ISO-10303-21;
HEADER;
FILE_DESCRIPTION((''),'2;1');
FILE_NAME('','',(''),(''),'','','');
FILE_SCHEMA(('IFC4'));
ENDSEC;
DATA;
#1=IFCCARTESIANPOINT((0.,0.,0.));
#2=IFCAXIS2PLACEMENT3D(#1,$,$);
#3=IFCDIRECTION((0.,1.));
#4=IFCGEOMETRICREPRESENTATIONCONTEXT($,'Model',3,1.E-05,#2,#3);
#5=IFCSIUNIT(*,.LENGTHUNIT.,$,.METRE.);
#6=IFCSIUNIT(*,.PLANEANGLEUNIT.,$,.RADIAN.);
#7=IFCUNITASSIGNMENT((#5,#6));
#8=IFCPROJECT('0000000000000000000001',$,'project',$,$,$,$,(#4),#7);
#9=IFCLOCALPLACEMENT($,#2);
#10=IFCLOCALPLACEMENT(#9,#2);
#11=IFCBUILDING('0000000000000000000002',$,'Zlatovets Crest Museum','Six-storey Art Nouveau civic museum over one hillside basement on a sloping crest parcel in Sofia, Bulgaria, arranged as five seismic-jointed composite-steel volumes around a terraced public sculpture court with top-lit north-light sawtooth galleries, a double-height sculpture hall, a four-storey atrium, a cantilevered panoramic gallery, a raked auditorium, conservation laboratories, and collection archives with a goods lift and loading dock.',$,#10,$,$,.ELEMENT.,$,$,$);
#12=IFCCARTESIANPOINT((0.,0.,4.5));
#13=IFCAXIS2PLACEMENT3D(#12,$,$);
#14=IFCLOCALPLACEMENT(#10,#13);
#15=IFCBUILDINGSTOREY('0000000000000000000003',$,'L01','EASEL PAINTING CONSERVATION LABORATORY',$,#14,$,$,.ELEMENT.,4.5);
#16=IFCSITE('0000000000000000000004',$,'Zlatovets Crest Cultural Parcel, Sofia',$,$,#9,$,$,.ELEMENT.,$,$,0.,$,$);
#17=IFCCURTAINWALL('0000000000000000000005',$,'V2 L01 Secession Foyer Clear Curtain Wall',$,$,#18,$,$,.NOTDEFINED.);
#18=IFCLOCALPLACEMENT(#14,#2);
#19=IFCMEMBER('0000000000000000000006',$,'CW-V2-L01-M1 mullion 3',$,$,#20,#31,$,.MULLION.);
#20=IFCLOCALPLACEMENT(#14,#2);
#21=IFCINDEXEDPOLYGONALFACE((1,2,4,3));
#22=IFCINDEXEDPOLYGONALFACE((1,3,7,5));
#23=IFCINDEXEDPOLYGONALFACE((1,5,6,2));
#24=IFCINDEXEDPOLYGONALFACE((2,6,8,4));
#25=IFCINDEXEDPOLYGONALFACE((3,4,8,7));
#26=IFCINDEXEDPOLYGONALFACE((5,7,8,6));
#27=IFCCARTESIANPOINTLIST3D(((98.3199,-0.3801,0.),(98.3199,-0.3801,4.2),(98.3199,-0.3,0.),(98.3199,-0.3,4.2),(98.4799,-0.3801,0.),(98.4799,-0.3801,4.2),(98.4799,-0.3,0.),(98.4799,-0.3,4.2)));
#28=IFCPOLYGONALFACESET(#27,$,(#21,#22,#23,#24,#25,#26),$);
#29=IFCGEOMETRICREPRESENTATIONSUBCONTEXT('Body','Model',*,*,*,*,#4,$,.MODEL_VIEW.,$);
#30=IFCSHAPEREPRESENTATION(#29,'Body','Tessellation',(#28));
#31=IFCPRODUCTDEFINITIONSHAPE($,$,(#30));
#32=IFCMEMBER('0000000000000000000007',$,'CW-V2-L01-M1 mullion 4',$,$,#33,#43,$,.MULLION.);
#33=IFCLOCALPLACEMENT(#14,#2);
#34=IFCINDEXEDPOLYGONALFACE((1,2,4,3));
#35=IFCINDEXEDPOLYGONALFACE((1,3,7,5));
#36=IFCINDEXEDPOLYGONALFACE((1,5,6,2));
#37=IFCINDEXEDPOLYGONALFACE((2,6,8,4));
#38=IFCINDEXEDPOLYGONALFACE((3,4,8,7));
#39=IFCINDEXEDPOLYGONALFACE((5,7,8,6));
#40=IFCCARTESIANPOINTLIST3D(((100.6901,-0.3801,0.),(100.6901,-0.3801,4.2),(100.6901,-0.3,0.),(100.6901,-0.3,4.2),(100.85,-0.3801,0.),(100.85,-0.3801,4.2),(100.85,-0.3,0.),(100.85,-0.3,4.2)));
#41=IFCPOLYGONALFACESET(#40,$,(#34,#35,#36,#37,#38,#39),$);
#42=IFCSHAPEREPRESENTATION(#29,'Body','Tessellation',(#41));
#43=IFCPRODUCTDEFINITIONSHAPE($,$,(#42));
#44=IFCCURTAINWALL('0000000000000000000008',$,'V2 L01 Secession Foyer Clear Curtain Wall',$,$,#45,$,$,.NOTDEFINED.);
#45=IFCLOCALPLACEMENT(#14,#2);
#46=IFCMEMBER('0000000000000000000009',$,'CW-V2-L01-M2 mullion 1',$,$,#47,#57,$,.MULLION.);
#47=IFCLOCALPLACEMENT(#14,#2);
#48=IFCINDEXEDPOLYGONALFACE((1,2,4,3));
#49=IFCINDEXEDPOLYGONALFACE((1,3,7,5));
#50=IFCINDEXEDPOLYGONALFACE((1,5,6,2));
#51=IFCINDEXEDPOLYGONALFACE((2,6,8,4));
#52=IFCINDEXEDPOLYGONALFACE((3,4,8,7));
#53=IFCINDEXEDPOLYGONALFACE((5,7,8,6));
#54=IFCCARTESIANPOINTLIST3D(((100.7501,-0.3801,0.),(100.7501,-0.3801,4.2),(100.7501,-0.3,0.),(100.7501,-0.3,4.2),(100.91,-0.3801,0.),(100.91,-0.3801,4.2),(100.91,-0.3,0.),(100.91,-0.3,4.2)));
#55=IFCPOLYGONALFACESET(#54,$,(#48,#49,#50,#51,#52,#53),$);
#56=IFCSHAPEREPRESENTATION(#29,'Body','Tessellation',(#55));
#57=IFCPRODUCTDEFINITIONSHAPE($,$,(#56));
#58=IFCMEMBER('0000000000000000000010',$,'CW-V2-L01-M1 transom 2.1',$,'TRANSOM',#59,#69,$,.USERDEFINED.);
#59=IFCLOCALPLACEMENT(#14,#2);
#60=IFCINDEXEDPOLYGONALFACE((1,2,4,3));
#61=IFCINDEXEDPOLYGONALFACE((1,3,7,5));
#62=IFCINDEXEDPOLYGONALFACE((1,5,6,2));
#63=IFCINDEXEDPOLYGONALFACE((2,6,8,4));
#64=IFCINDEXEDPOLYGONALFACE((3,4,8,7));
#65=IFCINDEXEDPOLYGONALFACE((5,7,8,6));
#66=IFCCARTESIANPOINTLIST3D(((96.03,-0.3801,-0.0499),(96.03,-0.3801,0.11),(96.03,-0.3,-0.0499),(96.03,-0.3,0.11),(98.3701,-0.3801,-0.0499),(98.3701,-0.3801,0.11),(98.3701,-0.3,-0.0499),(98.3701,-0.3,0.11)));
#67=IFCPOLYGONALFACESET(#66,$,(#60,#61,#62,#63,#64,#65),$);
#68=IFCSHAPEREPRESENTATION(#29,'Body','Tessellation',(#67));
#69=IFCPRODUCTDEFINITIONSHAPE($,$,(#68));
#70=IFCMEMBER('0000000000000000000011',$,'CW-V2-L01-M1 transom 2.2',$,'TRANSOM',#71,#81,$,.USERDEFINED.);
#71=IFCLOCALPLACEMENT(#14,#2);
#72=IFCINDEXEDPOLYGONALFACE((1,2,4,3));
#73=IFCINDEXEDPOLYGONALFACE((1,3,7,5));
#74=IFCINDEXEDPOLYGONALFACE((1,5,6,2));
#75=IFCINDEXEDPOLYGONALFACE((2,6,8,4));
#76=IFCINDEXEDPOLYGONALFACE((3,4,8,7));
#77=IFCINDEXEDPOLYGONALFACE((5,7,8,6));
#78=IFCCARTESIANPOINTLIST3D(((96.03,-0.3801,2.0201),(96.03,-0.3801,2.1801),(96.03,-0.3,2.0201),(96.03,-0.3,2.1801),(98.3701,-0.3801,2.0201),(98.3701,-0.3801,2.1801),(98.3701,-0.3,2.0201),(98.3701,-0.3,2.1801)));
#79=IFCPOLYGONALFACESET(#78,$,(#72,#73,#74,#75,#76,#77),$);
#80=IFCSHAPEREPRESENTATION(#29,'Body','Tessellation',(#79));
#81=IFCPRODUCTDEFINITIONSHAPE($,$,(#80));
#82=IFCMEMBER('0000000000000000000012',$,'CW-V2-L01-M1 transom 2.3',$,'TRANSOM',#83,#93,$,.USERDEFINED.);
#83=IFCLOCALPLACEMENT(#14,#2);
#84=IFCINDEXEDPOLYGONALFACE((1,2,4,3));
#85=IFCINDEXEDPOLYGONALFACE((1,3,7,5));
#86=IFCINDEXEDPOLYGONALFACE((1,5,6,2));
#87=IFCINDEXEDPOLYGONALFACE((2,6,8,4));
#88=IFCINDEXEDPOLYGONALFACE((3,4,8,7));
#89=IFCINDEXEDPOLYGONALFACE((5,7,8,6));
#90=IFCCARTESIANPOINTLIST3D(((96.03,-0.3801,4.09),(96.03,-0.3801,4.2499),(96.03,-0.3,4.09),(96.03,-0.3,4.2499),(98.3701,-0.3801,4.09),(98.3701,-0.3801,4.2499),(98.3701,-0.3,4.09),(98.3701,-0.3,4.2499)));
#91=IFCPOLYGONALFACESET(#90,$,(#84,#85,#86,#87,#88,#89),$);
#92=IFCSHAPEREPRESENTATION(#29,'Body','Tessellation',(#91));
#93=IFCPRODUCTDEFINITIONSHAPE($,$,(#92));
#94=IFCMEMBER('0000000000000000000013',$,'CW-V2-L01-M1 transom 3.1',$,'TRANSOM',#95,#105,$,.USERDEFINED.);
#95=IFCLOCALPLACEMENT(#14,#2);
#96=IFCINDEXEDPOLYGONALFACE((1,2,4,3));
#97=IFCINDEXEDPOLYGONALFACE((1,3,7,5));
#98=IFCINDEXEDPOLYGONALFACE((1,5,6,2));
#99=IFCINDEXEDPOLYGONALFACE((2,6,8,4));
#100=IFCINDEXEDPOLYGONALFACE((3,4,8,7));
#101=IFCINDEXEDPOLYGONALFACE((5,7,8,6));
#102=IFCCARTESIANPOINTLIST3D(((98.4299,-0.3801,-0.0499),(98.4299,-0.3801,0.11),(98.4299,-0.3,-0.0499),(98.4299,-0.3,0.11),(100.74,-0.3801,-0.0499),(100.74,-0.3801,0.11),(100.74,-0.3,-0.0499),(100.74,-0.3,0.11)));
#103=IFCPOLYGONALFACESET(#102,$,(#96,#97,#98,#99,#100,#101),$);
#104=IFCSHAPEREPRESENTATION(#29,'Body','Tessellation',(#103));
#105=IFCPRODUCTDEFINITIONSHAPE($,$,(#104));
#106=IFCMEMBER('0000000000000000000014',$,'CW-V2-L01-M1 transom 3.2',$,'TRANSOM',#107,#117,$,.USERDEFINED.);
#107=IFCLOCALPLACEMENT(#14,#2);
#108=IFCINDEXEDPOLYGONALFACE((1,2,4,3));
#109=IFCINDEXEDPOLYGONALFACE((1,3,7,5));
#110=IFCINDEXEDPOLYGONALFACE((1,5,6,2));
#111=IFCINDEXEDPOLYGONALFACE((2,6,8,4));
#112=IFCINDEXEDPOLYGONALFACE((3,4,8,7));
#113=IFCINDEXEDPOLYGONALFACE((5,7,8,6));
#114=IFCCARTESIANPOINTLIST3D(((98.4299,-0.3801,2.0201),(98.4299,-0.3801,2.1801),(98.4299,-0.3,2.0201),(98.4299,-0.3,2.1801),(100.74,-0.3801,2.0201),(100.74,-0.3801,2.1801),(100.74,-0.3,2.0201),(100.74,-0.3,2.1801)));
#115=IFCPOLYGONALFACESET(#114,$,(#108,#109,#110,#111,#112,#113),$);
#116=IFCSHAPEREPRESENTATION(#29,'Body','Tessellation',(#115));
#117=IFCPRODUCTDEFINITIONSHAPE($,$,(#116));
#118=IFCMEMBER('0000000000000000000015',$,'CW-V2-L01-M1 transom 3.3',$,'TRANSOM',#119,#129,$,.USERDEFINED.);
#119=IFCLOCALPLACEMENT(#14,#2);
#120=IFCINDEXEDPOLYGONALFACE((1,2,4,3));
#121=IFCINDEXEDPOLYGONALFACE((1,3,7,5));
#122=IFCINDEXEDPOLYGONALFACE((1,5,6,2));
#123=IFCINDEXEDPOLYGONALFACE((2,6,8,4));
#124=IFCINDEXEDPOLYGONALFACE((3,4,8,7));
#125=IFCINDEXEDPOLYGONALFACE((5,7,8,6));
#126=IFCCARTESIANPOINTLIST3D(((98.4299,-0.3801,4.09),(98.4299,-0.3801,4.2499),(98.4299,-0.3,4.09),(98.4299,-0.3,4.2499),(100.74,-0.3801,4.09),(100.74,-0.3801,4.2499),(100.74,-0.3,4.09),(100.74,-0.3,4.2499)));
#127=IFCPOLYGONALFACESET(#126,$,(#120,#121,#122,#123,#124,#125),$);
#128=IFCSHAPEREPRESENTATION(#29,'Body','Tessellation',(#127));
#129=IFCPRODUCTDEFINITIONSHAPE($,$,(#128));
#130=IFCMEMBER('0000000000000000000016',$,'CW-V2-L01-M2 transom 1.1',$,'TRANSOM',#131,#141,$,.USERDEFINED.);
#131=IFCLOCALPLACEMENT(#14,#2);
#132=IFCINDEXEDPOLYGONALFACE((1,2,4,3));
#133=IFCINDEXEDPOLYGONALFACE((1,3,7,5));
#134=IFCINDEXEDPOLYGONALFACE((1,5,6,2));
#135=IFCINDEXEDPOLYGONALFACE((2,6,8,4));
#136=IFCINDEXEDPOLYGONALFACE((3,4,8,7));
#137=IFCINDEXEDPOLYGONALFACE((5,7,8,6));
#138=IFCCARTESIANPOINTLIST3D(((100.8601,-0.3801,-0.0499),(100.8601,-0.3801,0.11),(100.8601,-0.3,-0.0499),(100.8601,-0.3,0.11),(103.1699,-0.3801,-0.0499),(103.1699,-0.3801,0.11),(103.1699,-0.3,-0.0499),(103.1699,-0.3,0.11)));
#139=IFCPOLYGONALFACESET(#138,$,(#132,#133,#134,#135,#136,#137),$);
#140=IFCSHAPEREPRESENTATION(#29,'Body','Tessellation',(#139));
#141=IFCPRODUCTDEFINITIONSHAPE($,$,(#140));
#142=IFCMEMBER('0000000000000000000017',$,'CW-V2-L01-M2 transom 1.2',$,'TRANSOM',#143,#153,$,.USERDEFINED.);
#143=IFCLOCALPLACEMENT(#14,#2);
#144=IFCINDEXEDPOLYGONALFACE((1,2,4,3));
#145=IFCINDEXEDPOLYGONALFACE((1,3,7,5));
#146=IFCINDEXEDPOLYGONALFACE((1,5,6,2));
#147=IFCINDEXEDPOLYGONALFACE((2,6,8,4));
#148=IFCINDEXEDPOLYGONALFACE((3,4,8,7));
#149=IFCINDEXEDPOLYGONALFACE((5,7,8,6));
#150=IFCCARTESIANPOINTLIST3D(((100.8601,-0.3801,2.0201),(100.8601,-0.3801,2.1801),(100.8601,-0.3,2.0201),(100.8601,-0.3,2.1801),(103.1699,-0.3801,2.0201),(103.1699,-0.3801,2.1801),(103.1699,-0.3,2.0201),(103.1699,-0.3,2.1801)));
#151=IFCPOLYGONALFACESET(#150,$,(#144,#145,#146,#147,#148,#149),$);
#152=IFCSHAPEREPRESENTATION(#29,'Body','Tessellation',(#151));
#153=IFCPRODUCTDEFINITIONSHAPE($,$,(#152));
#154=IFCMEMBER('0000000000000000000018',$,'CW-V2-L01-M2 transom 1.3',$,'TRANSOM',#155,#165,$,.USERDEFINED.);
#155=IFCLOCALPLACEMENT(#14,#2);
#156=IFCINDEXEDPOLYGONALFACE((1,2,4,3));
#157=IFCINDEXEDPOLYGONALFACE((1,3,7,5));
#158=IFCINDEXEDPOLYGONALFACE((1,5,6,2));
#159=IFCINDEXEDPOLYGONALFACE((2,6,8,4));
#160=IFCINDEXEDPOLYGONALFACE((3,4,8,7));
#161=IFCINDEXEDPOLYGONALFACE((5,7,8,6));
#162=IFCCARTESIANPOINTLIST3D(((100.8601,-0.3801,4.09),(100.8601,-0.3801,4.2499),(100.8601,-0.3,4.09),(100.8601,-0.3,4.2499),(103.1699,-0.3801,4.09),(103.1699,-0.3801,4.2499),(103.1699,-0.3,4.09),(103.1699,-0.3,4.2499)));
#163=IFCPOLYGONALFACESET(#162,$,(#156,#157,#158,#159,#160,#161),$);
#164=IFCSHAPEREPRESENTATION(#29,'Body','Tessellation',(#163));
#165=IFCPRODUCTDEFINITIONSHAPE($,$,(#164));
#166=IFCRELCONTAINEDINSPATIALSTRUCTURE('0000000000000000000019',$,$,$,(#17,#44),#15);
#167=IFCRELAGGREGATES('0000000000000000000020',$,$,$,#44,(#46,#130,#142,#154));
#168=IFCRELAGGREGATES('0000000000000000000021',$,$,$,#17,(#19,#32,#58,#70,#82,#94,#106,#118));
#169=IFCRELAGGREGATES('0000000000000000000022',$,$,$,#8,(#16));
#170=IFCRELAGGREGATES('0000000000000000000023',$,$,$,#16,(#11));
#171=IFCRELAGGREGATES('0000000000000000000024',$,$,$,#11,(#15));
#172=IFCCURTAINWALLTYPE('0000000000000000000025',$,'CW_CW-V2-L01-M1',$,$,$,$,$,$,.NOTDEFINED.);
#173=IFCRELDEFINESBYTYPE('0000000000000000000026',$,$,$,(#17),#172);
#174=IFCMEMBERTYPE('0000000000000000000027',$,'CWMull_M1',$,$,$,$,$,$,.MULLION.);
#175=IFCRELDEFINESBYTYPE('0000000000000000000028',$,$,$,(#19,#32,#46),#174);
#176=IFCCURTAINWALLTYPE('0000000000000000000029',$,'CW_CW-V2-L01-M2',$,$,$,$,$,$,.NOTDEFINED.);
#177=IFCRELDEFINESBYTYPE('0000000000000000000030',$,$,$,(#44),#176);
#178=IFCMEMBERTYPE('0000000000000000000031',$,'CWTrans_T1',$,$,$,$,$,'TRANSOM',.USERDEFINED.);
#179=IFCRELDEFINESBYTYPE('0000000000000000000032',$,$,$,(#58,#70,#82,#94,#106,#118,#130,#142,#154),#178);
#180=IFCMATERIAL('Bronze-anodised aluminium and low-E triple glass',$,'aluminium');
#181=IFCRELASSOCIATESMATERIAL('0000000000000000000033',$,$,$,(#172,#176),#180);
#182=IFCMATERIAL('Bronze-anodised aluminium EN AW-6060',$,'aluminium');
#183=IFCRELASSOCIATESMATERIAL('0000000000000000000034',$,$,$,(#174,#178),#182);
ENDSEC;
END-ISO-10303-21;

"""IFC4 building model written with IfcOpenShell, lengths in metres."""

from ifc_helpers import new_model, si_unit, direction, frame, origin, origin_2d, place, context, subcontext, project, spatial, rectangle, extrude, material, material_profile, profile_set, type_object, element, aggregate, save


model = new_model("IFC4")

# Units and contexts
model_context = context("Model", 3, precision=1e-05, world=origin(), true_north=direction((0.0, 1.0)))
body_context = subcontext(model_context, "Body", "Model", "MODEL_VIEW")
ifc_project = project(units=[si_unit("LENGTHUNIT", "METRE"), si_unit("PLANEANGLEUNIT", "RADIAN")], contexts=[model_context])

# Site, building, storey
site_placement = place(None, origin())
site = spatial("IfcSite", under=ifc_project, at=site_placement, Name="Zlatovets Crest Cultural Parcel, Sofia", CompositionType="ELEMENT", RefElevation=0.0)
building_placement = place(site_placement, origin())
building = spatial("IfcBuilding", under=site, at=building_placement, Name="Zlatovets Crest Museum", Description="Six-storey Art Nouveau civic museum over one hillside basement on a sloping crest parcel in Sofia, Bulgaria, arranged as five seismic-jointed composite-steel volumes around a terraced public sculpture court with top-lit north-light sawtooth galleries, a double-height sculpture hall, a four-storey atrium, a cantilevered panoramic gallery, a raked auditorium, conservation laboratories, and collection archives with a goods lift and loading dock.", CompositionType="ELEMENT")
storey_placement = place(building_placement, frame((0.0, 0.0, 4.5)))
storey = spatial("IfcBuildingStorey", under=building, at=storey_placement, Name="L01", Description="EASEL PAINTING CONSERVATION LABORATORY", CompositionType="ELEMENT", Elevation=4.5)

# Curtain wall, members
ifc_material_1 = material(Name="Bronze-anodised aluminium and low-E triple glass", Category="aluminium")
curtain_wall_type_1 = type_object("IfcCurtainWallType", Name="CW_CW-V2-L01-M1", PredefinedType="NOTDEFINED", material=ifc_material_1)
curtain_wall_1_placement = place(storey_placement, origin())
curtain_wall_1 = element("IfcCurtainWall", 1, at=curtain_wall_1_placement, inside=storey, type_object=curtain_wall_type_1, Name="V2 L01 Secession Foyer Clear Curtain Wall", PredefinedType="NOTDEFINED")
ifc_material_2 = material(Name="Bronze-anodised aluminium EN AW-6060", Category="aluminium")
ifc_material_profile_1 = material_profile(ifc_material_2, rectangle(XDim=0.0801, YDim=0.1599, at=origin_2d()), Name="ALU 80x160")
ifc_profile_set_1 = profile_set([ifc_material_profile_1], Name="Bronze-anodised aluminium EN AW-6060")
member_type_1 = type_object("IfcMemberType", Name="CWMull_M1", PredefinedType="MULLION", material=ifc_profile_set_1)
member_1_placement = place(storey_placement, frame((98.3999, -0.3401, 0.0), z_axis=(0.0, 0.0, 1.0), x_axis=(0.0, 1.0, 0.0)))
member_1 = element("IfcMember", 2, at=member_1_placement, type_object=member_type_1, Name="CW-V2-L01-M1 mullion 3", PredefinedType="MULLION", context=body_context, shape_type="SweptSolid", body=[
    extrude(rectangle(XDim=0.0801, YDim=0.1599, at=origin_2d()), origin(), (0.0, 0.0, 1.0), 4.2),
])
member_2_placement = place(storey_placement, frame((100.77, -0.3401, 0.0), z_axis=(0.0, 0.0, 1.0), x_axis=(0.0, 1.0, 0.0)))
member_2 = element("IfcMember", 3, at=member_2_placement, type_object=member_type_1, Name="CW-V2-L01-M1 mullion 4", PredefinedType="MULLION", context=body_context, shape_type="SweptSolid", body=[
    extrude(rectangle(XDim=0.0801, YDim=0.1599, at=origin_2d()), origin(), (0.0, 0.0, 1.0), 4.2),
])

# Curtain wall, member
curtain_wall_type_2 = type_object("IfcCurtainWallType", Name="CW_CW-V2-L01-M2", PredefinedType="NOTDEFINED", material=ifc_material_1)
curtain_wall_2_placement = place(storey_placement, origin())
curtain_wall_2 = element("IfcCurtainWall", 4, at=curtain_wall_2_placement, inside=storey, type_object=curtain_wall_type_2, Name="V2 L01 Secession Foyer Clear Curtain Wall", PredefinedType="NOTDEFINED")
member_3_placement = place(storey_placement, frame((100.8301, -0.3401, 0.0), z_axis=(0.0, 0.0, 1.0), x_axis=(0.0, 1.0, 0.0)))
member_3 = element("IfcMember", 5, at=member_3_placement, type_object=member_type_1, Name="CW-V2-L01-M2 mullion 1", PredefinedType="MULLION", context=body_context, shape_type="SweptSolid", body=[
    extrude(rectangle(XDim=0.0801, YDim=0.1599, at=origin_2d()), origin(), (0.0, 0.0, 1.0), 4.2),
])

# Members
ifc_material_profile_2 = material_profile(ifc_material_2, rectangle(XDim=0.0801, YDim=0.1599, at=origin_2d()), Name="ALU 80x160")
ifc_profile_set_2 = profile_set([ifc_material_profile_2], Name="Bronze-anodised aluminium EN AW-6060")
member_type_2 = type_object("IfcMemberType", Name="CWTrans_T1", ElementType="TRANSOM", PredefinedType="USERDEFINED", material=ifc_profile_set_2)
member_4_placement = place(storey_placement, frame((96.03, -0.3401, 0.03), z_axis=(1.0, 0.0, 0.0), x_axis=(0.0, 1.0, 0.0)))
member_4 = element("IfcMember", 6, at=member_4_placement, type_object=member_type_2, Name="CW-V2-L01-M1 transom 2.1", ObjectType="TRANSOM", PredefinedType="USERDEFINED", context=body_context, shape_type="SweptSolid", body=[
    extrude(rectangle(XDim=0.0801, YDim=0.1599, at=origin_2d()), origin(), (0.0, 0.0, 1.0), 2.3401),
])
member_5_placement = place(storey_placement, frame((96.03, -0.3401, 2.1001), z_axis=(1.0, 0.0, 0.0), x_axis=(0.0, 1.0, 0.0)))
member_5 = element("IfcMember", 7, at=member_5_placement, type_object=member_type_2, Name="CW-V2-L01-M1 transom 2.2", ObjectType="TRANSOM", PredefinedType="USERDEFINED", context=body_context, shape_type="SweptSolid", body=[
    extrude(rectangle(XDim=0.0801, YDim=0.1599, at=origin_2d()), origin(), (0.0, 0.0, 1.0), 2.3401),
])
member_6_placement = place(storey_placement, frame((96.03, -0.3401, 4.1699), z_axis=(1.0, 0.0, 0.0), x_axis=(0.0, 1.0, 0.0)))
member_6 = element("IfcMember", 8, at=member_6_placement, type_object=member_type_2, Name="CW-V2-L01-M1 transom 2.3", ObjectType="TRANSOM", PredefinedType="USERDEFINED", context=body_context, shape_type="SweptSolid", body=[
    extrude(rectangle(XDim=0.0801, YDim=0.1599, at=origin_2d()), origin(), (0.0, 0.0, 1.0), 2.3401),
])
member_7_placement = place(storey_placement, frame((98.4299, -0.3401, 0.03), z_axis=(1.0, 0.0, 0.0), x_axis=(0.0, 1.0, 0.0)))
member_7 = element("IfcMember", 9, at=member_7_placement, type_object=member_type_2, Name="CW-V2-L01-M1 transom 3.1", ObjectType="TRANSOM", PredefinedType="USERDEFINED", context=body_context, shape_type="SweptSolid", body=[
    extrude(rectangle(XDim=0.0801, YDim=0.1599, at=origin_2d()), origin(), (0.0, 0.0, 1.0), 2.3101),
])
member_8_placement = place(storey_placement, frame((98.4299, -0.3401, 2.1001), z_axis=(1.0, 0.0, 0.0), x_axis=(0.0, 1.0, 0.0)))
member_8 = element("IfcMember", 10, at=member_8_placement, type_object=member_type_2, Name="CW-V2-L01-M1 transom 3.2", ObjectType="TRANSOM", PredefinedType="USERDEFINED", context=body_context, shape_type="SweptSolid", body=[
    extrude(rectangle(XDim=0.0801, YDim=0.1599, at=origin_2d()), origin(), (0.0, 0.0, 1.0), 2.3101),
])
member_9_placement = place(storey_placement, frame((98.4299, -0.3401, 4.1699), z_axis=(1.0, 0.0, 0.0), x_axis=(0.0, 1.0, 0.0)))
member_9 = element("IfcMember", 11, at=member_9_placement, type_object=member_type_2, Name="CW-V2-L01-M1 transom 3.3", ObjectType="TRANSOM", PredefinedType="USERDEFINED", context=body_context, shape_type="SweptSolid", body=[
    extrude(rectangle(XDim=0.0801, YDim=0.1599, at=origin_2d()), origin(), (0.0, 0.0, 1.0), 2.3101),
])
member_10_placement = place(storey_placement, frame((100.8601, -0.3401, 0.03), z_axis=(1.0, 0.0, 0.0), x_axis=(0.0, 1.0, 0.0)))
member_10 = element("IfcMember", 12, at=member_10_placement, type_object=member_type_2, Name="CW-V2-L01-M2 transom 1.1", ObjectType="TRANSOM", PredefinedType="USERDEFINED", context=body_context, shape_type="SweptSolid", body=[
    extrude(rectangle(XDim=0.0801, YDim=0.1599, at=origin_2d()), origin(), (0.0, 0.0, 1.0), 2.3098),
])
member_11_placement = place(storey_placement, frame((100.8601, -0.3401, 2.1001), z_axis=(1.0, 0.0, 0.0), x_axis=(0.0, 1.0, 0.0)))
member_11 = element("IfcMember", 13, at=member_11_placement, type_object=member_type_2, Name="CW-V2-L01-M2 transom 1.2", ObjectType="TRANSOM", PredefinedType="USERDEFINED", context=body_context, shape_type="SweptSolid", body=[
    extrude(rectangle(XDim=0.0801, YDim=0.1599, at=origin_2d()), origin(), (0.0, 0.0, 1.0), 2.3098),
])
member_12_placement = place(storey_placement, frame((100.8601, -0.3401, 4.1699), z_axis=(1.0, 0.0, 0.0), x_axis=(0.0, 1.0, 0.0)))
member_12 = element("IfcMember", 14, at=member_12_placement, type_object=member_type_2, Name="CW-V2-L01-M2 transom 1.3", ObjectType="TRANSOM", PredefinedType="USERDEFINED", context=body_context, shape_type="SweptSolid", body=[
    extrude(rectangle(XDim=0.0801, YDim=0.1599, at=origin_2d()), origin(), (0.0, 0.0, 1.0), 2.3098),
])
aggregate(curtain_wall_2, [member_3, member_10, member_11, member_12])

aggregate(curtain_wall_1, [member_1, member_2, member_4, member_5, member_6, member_7, member_8, member_9])

save(model, "model.ifc")
